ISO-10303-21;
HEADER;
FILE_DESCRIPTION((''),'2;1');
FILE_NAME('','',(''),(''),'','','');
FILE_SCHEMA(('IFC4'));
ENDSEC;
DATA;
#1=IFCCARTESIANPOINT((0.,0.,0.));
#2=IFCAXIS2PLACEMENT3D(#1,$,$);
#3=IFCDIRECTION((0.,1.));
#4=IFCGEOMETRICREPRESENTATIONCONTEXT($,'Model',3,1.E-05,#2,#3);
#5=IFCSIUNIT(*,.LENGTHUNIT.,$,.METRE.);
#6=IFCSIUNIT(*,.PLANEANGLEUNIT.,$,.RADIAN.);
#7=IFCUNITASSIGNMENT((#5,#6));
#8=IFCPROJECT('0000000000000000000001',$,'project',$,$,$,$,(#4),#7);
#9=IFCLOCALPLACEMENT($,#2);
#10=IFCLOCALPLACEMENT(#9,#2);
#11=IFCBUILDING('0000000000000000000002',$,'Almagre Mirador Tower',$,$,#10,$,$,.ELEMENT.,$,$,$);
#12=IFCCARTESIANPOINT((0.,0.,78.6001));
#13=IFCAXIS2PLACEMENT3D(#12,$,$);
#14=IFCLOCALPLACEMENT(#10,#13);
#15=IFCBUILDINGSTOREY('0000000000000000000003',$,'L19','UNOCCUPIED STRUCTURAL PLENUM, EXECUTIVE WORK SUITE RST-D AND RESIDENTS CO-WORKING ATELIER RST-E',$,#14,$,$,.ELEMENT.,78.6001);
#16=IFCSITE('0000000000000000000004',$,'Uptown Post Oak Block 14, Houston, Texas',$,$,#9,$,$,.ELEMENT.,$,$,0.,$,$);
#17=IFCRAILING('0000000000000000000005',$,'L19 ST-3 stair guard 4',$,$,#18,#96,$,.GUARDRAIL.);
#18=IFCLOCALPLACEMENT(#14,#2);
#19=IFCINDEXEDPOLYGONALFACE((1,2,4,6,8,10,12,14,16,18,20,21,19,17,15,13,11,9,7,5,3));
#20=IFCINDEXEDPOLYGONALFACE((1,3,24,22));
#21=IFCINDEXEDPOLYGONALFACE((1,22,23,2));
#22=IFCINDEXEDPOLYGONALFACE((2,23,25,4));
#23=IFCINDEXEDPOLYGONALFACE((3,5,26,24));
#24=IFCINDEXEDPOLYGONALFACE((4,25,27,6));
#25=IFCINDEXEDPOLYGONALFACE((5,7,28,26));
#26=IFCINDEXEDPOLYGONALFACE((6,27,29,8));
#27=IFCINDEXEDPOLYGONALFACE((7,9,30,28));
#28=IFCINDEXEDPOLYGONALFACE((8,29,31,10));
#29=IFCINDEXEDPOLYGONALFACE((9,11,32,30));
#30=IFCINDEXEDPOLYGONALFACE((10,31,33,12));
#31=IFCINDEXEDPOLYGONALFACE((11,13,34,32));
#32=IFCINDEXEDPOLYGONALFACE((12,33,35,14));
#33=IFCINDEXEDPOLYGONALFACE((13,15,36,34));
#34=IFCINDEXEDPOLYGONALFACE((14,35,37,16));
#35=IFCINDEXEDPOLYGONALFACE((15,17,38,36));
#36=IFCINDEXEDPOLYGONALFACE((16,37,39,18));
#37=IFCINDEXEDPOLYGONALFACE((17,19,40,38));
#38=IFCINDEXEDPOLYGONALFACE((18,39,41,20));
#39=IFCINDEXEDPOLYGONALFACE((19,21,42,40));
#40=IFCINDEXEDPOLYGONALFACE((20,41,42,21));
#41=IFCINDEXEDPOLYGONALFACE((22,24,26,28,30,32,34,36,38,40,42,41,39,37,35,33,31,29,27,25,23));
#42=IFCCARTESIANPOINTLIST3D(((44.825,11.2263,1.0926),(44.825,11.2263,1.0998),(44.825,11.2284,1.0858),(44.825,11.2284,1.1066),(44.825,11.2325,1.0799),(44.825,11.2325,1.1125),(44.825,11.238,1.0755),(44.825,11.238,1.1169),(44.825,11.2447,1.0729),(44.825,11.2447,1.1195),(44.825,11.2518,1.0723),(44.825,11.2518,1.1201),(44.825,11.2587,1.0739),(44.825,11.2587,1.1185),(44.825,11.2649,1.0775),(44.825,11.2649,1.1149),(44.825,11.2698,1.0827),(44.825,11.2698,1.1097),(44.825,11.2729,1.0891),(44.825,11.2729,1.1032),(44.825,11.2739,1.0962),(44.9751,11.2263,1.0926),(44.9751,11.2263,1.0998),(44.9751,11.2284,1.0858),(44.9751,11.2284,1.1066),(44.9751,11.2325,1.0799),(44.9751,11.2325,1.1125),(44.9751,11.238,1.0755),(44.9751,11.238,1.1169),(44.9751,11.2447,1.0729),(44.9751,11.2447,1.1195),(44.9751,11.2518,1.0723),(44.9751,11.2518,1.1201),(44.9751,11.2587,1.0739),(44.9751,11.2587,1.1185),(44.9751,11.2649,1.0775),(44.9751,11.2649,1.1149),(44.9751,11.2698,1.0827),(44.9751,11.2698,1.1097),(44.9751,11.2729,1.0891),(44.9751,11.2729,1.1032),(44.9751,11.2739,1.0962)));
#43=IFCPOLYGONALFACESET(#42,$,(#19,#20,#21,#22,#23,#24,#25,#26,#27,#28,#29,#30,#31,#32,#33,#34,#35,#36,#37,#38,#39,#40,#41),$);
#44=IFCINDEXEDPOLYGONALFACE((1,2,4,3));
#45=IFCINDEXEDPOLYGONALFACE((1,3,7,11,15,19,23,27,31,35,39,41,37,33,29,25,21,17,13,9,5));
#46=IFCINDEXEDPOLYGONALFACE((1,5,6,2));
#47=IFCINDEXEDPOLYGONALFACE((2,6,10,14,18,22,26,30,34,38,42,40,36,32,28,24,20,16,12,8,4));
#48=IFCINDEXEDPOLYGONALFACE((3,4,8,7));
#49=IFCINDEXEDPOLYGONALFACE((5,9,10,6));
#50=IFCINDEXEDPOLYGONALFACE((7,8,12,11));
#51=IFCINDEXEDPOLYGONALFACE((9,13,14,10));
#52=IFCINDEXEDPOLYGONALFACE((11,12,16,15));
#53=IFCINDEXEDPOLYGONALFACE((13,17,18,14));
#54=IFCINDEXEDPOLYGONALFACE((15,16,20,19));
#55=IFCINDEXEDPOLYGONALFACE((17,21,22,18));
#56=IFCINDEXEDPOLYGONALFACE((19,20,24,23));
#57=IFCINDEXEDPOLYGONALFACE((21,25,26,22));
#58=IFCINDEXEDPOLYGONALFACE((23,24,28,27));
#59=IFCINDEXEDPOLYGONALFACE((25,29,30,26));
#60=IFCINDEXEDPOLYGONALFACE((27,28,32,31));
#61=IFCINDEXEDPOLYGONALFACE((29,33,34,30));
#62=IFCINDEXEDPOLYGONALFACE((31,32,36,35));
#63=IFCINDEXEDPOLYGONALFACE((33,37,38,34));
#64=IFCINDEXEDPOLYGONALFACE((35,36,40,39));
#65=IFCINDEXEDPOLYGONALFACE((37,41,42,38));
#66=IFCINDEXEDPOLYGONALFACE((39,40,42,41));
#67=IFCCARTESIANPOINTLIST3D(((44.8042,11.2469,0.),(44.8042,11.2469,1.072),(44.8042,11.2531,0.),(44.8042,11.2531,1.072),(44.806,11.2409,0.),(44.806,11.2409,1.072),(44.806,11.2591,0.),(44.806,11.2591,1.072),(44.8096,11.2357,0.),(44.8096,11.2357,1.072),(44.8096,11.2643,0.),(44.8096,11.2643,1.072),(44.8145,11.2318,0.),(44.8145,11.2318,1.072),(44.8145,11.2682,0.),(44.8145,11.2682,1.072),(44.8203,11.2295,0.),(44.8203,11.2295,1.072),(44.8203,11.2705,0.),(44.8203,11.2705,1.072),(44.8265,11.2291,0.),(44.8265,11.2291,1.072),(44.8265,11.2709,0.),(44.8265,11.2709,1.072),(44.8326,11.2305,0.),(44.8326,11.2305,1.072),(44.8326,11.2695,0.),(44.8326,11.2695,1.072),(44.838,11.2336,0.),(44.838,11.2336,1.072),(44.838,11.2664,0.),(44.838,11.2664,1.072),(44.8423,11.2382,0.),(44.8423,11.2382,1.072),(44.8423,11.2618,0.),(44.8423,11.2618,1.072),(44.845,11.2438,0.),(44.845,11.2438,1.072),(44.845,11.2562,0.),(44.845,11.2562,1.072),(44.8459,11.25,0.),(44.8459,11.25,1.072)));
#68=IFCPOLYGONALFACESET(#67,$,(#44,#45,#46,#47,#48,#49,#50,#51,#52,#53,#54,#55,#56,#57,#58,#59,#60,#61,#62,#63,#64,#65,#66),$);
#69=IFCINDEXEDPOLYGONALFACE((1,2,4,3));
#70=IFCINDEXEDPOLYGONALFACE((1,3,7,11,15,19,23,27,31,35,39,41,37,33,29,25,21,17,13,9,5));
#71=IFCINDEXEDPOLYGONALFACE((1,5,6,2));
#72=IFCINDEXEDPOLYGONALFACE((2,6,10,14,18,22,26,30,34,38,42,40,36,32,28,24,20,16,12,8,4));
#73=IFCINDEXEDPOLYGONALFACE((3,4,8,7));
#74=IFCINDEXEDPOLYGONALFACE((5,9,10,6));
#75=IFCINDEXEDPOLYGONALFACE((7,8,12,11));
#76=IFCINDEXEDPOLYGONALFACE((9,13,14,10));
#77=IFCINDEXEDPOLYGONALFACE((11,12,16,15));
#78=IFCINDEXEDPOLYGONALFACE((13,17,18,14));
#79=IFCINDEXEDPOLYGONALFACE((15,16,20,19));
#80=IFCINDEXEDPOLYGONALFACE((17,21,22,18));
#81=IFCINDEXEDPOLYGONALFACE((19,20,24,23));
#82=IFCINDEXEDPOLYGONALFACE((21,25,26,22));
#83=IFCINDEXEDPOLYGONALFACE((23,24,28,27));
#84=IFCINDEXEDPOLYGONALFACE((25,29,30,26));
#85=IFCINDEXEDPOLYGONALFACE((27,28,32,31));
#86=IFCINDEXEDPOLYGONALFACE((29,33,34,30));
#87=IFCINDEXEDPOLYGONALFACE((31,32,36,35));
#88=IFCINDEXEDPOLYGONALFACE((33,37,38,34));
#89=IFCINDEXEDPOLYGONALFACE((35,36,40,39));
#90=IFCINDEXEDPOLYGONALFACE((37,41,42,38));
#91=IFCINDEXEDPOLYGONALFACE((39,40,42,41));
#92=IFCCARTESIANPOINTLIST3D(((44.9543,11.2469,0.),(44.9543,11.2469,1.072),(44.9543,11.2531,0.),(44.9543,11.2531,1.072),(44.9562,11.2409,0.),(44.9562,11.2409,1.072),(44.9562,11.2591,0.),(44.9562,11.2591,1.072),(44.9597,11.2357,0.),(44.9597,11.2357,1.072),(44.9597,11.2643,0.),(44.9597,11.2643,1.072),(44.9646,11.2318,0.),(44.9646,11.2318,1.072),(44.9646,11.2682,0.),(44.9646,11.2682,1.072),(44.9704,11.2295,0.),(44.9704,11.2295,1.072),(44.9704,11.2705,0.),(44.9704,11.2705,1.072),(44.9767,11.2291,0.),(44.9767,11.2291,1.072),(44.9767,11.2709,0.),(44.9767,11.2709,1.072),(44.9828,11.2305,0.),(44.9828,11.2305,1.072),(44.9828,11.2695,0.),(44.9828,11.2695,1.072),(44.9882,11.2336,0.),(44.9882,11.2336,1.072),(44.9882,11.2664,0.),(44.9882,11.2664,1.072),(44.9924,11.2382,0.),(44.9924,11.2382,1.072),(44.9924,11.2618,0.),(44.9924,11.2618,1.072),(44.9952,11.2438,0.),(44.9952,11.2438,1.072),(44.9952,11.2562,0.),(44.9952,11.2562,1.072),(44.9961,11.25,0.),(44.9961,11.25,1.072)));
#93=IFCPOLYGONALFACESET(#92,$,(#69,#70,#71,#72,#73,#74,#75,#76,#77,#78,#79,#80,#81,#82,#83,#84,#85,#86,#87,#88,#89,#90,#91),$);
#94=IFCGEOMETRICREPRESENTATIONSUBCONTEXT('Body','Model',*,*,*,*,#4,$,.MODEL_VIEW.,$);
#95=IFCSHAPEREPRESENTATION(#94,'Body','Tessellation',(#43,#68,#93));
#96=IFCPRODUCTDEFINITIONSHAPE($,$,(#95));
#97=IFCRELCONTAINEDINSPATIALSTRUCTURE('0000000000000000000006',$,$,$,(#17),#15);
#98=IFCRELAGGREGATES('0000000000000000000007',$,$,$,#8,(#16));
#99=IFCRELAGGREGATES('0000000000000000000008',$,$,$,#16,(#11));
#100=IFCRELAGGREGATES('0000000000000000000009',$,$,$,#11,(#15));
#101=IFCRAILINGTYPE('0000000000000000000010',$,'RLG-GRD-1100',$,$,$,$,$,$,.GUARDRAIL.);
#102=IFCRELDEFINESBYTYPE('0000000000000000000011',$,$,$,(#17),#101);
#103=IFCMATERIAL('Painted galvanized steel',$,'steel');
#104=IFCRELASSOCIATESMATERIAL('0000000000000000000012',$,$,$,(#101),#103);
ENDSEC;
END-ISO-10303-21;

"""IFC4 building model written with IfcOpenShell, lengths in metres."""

from ifc_helpers import new_model, si_unit, direction, frame, origin, origin_2d, place, context, subcontext, project, spatial, circle, extrude, material, type_object, element, save


model = new_model("IFC4")

# Units and contexts
model_context = context("Model", 3, precision=1e-05, world=origin(), true_north=direction((0.0, 1.0)))
body_context = subcontext(model_context, "Body", "Model", "MODEL_VIEW")
ifc_project = project(units=[si_unit("LENGTHUNIT", "METRE"), si_unit("PLANEANGLEUNIT", "RADIAN")], contexts=[model_context])

# Site, building, storey
site_placement = place(None, origin())
site = spatial("IfcSite", under=ifc_project, at=site_placement, Name="Uptown Post Oak Block 14, Houston, Texas", CompositionType="ELEMENT", RefElevation=0.0)
building_placement = place(site_placement, origin())
building = spatial("IfcBuilding", under=site, at=building_placement, Name="Almagre Mirador Tower", CompositionType="ELEMENT")
storey_placement = place(building_placement, frame((0.0, 0.0, 78.6001)))
storey = spatial("IfcBuildingStorey", under=building, at=storey_placement, Name="L19", Description="UNOCCUPIED STRUCTURAL PLENUM, EXECUTIVE WORK SUITE RST-D AND RESIDENTS CO-WORKING ATELIER RST-E", CompositionType="ELEMENT", Elevation=78.6001)

# Railing
ifc_material_1 = material(Name="Painted galvanized steel", Category="steel")
railing_type_1 = type_object("IfcRailingType", Name="RLG-GRD-1100", PredefinedType="GUARDRAIL", material=ifc_material_1)
railing_1_placement = place(storey_placement, frame((44.825, 11.25, 0.0)))
element("IfcRailing", 1, at=railing_1_placement, inside=storey, type_object=railing_type_1, Name="L19 ST-3 stair guard 4", PredefinedType="GUARDRAIL", context=body_context, shape_type="SweptSolid", body=[
    extrude(circle(Radius=0.0239, at=origin_2d()), frame((0.0, 0.0, 1.0962), z_axis=(1.0, 0.0, 0.0), x_axis=(0.0, 1.0, 0.0)), (0.0, 0.0, 1.0), 0.1501),
    extrude(circle(Radius=0.021, at=origin_2d()), origin(), (0.0, 0.0, 1.0), 1.072),
    extrude(circle(Radius=0.021, at=origin_2d()), frame((0.1501, 0.0, 0.0)), (0.0, 0.0, 1.0), 1.072),
])

save(model, "model.ifc")
